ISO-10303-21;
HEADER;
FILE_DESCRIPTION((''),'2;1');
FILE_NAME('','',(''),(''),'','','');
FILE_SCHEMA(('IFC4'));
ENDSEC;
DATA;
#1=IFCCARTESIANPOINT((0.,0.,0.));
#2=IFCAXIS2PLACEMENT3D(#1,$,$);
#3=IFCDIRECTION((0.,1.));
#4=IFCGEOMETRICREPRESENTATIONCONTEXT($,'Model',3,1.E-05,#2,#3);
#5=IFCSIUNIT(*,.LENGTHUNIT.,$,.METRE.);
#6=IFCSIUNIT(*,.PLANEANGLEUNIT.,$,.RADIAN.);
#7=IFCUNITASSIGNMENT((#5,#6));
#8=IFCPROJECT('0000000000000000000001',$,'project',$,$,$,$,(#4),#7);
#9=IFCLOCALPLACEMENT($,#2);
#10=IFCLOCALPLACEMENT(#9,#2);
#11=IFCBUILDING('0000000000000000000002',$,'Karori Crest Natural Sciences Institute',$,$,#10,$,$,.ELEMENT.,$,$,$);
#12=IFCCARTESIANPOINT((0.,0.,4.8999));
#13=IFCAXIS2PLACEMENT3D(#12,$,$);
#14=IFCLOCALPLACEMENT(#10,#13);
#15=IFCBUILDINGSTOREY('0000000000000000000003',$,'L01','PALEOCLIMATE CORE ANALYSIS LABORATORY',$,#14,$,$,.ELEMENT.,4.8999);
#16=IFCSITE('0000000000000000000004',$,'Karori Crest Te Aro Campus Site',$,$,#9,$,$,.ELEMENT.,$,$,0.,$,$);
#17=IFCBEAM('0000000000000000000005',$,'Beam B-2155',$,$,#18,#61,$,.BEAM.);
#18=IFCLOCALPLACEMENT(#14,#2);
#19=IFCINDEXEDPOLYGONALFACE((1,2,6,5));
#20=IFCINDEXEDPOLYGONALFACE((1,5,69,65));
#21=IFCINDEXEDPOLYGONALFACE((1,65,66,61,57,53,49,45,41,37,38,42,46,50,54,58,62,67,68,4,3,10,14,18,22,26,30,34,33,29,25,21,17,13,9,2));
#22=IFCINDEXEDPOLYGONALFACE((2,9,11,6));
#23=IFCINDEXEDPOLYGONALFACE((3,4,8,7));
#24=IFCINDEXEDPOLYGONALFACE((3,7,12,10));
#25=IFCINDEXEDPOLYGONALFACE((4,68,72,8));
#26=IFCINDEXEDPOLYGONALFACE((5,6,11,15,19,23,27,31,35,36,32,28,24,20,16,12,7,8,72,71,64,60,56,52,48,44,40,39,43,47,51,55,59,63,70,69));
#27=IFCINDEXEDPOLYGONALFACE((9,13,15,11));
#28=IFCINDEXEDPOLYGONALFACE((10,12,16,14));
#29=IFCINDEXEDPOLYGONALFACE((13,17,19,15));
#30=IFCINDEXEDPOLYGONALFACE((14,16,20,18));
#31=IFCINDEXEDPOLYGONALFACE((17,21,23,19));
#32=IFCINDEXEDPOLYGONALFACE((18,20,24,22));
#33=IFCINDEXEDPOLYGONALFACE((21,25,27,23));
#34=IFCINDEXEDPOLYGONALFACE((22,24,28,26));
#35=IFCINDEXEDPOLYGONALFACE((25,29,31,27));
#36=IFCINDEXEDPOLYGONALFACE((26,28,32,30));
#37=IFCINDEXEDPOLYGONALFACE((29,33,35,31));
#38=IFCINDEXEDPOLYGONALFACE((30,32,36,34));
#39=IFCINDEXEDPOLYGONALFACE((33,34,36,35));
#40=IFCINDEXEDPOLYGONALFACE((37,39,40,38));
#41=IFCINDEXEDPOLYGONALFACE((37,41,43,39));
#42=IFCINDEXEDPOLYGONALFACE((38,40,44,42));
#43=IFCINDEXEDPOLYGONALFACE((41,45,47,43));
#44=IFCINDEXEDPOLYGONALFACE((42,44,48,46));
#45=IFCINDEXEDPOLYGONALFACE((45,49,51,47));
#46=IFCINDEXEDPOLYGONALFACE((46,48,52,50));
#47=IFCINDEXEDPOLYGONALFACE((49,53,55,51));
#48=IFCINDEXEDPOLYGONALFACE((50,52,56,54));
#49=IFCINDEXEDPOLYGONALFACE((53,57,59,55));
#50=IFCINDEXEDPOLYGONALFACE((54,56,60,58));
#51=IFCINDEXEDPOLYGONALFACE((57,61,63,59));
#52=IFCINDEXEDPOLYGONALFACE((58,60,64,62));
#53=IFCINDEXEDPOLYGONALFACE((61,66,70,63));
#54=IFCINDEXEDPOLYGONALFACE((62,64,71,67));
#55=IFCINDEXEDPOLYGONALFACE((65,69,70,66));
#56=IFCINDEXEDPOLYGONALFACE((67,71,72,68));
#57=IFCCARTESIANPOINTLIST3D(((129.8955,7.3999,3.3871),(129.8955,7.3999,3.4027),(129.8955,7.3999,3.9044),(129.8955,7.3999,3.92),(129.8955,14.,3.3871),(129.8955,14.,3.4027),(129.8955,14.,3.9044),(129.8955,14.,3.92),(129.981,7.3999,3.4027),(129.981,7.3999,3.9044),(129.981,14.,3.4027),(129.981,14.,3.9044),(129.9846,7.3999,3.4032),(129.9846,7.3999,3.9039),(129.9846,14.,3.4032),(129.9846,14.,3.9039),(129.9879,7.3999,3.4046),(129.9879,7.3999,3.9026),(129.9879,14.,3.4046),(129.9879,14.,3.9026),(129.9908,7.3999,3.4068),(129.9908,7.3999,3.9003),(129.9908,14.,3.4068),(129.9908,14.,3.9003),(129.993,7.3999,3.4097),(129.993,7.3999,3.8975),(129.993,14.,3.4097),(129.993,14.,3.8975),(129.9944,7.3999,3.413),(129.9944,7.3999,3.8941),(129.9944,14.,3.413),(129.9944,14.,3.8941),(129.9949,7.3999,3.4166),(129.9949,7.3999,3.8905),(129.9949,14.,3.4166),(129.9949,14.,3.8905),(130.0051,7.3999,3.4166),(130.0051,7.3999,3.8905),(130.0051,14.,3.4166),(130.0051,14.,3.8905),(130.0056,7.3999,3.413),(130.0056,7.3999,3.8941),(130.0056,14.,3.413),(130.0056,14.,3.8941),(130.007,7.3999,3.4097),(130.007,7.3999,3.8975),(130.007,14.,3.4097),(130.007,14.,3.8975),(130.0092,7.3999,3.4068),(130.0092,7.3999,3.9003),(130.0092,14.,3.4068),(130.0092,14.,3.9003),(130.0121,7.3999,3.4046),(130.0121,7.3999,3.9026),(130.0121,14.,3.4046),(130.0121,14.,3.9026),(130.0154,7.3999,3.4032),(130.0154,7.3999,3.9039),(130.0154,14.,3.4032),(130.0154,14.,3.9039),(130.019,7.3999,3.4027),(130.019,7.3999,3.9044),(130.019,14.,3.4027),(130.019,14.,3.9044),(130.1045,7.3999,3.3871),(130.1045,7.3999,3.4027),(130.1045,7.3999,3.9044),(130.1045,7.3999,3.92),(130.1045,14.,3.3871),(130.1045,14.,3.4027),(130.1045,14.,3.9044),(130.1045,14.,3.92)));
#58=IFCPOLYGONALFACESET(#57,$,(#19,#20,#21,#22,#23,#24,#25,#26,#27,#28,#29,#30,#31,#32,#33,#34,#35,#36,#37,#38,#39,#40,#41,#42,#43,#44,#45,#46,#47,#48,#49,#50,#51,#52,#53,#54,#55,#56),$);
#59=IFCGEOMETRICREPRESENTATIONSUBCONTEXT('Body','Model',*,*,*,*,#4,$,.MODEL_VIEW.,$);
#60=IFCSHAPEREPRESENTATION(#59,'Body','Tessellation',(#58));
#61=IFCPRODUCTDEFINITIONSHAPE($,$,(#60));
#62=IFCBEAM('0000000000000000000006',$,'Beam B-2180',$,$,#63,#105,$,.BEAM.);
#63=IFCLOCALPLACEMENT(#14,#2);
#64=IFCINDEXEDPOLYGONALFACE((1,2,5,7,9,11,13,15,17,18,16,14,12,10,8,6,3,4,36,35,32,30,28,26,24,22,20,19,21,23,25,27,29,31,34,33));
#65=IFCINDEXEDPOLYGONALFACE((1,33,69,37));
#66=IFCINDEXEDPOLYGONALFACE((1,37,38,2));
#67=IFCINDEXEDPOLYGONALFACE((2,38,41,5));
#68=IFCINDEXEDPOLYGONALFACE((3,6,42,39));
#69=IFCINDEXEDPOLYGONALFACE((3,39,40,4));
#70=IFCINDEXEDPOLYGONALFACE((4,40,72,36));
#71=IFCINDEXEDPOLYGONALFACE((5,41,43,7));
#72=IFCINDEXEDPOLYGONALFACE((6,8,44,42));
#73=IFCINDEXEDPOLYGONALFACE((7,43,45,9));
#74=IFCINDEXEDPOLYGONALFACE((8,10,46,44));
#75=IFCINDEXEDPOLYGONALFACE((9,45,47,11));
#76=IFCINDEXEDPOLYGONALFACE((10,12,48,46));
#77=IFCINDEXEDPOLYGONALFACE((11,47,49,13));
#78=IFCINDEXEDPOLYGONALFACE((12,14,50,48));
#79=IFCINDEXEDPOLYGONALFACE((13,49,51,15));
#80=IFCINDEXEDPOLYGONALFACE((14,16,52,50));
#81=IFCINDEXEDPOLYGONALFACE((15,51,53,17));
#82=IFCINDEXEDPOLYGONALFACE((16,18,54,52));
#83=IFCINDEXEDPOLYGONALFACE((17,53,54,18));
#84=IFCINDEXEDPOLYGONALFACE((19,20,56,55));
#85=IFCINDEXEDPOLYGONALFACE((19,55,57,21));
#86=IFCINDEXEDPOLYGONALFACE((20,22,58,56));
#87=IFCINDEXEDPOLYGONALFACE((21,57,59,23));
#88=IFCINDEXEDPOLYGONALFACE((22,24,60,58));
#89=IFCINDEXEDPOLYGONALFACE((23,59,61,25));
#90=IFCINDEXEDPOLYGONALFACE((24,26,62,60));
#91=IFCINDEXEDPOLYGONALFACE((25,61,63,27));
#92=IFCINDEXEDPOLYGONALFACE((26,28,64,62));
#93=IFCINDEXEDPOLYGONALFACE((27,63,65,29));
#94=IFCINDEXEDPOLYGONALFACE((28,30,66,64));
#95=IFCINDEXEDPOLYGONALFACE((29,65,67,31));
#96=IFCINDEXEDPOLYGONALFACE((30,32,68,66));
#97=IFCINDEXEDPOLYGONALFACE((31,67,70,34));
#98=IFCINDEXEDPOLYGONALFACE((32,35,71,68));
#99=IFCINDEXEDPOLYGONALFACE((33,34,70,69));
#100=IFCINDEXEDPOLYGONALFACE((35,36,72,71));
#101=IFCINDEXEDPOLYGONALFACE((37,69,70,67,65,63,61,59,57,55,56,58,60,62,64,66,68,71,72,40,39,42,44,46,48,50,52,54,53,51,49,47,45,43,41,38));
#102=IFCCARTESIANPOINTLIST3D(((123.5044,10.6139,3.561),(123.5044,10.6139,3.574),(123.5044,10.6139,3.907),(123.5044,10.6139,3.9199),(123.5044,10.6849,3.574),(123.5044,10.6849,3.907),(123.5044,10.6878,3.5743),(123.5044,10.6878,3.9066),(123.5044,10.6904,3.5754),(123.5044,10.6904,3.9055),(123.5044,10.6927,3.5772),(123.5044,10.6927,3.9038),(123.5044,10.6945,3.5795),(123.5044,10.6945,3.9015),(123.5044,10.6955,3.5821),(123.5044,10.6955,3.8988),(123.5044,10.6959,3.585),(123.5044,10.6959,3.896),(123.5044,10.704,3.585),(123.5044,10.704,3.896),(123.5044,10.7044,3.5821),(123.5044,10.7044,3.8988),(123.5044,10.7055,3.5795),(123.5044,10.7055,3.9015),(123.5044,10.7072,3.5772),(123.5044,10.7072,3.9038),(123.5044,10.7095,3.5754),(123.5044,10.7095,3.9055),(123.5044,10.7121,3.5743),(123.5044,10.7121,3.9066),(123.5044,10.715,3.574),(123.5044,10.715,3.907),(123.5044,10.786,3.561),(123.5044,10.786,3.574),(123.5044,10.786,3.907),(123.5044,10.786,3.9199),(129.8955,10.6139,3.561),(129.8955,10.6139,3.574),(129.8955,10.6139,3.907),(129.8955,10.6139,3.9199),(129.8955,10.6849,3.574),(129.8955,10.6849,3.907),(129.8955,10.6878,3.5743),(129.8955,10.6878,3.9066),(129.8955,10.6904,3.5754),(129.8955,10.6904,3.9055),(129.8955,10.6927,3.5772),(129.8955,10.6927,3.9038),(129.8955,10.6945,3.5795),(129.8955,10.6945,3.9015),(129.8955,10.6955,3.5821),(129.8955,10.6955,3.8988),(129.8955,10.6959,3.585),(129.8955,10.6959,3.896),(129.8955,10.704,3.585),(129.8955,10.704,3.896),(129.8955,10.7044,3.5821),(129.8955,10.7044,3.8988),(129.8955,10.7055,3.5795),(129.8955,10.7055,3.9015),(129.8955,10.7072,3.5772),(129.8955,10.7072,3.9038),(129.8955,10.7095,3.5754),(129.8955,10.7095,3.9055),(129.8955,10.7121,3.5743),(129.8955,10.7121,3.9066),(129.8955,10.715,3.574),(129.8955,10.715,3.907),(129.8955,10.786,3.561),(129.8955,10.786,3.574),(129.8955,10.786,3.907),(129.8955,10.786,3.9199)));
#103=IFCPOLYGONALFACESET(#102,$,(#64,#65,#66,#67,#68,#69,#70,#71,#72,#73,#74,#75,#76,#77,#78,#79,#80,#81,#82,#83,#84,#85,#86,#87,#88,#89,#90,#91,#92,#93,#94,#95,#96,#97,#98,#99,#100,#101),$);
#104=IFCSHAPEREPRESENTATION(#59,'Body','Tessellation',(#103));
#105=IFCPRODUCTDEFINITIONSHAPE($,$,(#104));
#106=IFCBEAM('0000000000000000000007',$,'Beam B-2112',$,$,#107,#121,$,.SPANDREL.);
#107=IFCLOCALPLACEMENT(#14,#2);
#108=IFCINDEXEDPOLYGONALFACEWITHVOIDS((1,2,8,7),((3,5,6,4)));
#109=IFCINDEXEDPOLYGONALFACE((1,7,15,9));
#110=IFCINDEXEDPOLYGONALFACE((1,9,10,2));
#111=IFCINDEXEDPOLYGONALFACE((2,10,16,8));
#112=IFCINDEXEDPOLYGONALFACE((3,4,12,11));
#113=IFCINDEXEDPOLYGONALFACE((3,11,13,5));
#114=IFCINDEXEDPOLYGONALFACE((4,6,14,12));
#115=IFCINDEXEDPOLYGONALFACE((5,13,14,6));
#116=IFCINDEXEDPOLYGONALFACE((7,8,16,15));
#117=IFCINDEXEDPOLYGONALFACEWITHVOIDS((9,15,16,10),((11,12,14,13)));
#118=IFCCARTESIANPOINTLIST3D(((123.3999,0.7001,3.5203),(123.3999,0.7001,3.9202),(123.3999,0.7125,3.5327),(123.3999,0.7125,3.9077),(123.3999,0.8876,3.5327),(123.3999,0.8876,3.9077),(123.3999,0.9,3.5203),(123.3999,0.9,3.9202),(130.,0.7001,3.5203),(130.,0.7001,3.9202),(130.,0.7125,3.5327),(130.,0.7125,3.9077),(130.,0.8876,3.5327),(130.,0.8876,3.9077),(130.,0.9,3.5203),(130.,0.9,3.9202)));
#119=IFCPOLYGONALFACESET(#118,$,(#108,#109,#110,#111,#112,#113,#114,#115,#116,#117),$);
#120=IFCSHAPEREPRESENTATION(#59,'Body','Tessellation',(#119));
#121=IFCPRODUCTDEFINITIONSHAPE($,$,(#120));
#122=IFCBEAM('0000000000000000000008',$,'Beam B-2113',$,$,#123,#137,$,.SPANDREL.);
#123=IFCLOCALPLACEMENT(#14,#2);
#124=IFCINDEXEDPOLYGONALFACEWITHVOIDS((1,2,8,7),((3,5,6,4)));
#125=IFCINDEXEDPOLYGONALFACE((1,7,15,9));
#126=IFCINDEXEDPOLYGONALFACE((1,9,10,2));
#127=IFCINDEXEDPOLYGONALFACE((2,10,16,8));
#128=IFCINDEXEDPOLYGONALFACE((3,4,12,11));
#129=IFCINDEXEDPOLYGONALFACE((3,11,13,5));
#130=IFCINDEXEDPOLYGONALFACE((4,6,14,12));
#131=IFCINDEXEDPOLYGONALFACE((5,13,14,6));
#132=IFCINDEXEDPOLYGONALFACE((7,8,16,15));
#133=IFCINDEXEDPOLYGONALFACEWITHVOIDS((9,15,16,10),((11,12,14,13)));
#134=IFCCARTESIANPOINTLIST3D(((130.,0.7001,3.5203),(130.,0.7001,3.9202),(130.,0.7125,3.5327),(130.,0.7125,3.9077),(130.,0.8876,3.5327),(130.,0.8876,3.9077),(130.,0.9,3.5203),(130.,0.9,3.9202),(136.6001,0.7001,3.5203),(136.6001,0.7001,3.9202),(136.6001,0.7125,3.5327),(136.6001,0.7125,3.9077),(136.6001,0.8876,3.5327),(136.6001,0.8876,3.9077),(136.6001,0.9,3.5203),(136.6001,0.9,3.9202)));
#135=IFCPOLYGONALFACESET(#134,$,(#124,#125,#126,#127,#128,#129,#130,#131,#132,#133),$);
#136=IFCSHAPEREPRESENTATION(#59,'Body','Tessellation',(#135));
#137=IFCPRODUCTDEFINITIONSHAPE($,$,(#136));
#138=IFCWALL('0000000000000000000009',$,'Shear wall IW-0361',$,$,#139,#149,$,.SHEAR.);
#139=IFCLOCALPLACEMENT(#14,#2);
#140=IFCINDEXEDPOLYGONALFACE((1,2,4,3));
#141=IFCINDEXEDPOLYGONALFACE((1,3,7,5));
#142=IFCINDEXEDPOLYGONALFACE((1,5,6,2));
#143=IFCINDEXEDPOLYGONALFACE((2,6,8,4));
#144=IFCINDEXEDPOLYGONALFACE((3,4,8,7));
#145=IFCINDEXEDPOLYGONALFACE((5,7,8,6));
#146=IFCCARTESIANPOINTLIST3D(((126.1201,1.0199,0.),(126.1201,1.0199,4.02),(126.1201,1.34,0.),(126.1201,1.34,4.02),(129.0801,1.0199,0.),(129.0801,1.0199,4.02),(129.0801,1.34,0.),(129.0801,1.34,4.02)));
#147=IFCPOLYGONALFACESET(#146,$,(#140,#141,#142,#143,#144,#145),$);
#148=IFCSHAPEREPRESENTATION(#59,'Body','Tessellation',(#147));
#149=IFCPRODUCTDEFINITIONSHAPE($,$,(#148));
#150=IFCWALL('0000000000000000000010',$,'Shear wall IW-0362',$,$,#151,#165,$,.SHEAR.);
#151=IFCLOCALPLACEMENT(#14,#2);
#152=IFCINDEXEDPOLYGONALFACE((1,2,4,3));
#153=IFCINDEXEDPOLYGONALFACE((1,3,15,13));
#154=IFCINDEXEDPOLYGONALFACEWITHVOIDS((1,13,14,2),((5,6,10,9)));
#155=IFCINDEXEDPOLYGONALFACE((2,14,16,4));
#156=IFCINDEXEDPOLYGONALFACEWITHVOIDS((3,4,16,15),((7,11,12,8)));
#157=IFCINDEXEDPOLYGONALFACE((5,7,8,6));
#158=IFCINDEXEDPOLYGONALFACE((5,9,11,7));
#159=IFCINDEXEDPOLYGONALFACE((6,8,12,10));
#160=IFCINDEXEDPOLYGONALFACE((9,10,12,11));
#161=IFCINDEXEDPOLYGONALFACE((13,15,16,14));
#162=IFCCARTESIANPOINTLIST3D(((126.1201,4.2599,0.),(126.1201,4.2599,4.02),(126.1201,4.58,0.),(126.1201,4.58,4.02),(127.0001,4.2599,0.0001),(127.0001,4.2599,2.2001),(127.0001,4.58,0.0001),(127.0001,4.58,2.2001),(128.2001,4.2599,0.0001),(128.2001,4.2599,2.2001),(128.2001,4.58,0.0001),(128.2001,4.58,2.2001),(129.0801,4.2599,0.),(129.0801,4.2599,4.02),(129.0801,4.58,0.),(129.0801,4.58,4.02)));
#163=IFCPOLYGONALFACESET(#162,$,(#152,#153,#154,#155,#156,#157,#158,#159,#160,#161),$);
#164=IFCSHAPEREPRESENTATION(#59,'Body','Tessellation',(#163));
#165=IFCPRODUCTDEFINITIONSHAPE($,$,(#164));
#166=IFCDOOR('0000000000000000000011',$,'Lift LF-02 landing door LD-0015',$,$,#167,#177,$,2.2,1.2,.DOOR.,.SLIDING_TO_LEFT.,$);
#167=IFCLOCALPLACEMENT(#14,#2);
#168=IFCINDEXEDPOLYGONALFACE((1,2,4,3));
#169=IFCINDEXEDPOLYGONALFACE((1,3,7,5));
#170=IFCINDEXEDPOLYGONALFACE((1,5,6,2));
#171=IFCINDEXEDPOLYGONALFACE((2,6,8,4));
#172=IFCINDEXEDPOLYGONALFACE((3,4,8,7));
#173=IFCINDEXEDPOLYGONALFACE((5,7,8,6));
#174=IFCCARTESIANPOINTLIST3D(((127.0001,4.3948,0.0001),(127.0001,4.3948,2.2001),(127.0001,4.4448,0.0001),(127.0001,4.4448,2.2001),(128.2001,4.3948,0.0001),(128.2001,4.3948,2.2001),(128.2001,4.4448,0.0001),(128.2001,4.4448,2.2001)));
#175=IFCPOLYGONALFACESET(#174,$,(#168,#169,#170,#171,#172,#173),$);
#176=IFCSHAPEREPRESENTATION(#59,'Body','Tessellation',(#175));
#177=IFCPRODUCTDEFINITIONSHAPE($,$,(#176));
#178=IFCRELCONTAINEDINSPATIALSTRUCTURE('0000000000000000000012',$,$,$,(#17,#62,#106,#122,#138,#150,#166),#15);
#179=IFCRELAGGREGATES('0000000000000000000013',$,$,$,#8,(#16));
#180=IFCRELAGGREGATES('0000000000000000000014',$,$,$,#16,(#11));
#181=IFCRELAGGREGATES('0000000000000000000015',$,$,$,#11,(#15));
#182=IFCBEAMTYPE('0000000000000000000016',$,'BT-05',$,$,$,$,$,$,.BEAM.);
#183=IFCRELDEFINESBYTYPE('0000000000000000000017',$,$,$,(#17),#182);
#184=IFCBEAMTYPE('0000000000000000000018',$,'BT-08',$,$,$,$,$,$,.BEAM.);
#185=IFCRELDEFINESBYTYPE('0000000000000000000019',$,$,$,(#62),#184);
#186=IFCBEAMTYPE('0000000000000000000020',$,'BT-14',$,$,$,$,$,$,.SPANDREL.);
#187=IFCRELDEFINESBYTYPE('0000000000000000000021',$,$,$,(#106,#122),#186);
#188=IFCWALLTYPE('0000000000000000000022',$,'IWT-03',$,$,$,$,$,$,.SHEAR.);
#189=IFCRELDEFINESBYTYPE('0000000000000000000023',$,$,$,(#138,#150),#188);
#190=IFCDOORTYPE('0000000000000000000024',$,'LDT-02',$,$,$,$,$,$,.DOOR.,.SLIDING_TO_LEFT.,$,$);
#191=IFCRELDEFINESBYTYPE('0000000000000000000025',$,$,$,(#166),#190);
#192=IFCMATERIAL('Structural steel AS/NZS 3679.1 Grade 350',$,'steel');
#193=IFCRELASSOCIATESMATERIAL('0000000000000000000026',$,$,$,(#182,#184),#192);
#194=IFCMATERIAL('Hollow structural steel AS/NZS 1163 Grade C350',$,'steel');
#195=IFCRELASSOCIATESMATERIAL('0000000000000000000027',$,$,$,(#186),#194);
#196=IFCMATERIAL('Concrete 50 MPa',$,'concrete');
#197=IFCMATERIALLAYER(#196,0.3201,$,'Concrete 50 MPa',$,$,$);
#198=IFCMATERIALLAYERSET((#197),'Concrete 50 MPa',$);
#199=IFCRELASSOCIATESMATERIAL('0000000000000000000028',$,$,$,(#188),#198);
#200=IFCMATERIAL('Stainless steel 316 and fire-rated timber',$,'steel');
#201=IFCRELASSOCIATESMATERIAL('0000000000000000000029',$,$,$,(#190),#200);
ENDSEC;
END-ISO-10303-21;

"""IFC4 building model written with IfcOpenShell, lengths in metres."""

from ifc_helpers import new_model, si_unit, direction, frame, frame_2d, origin, origin_2d, place, context, subcontext, project, spatial, rectangle, hollow_rectangle, i_section, extrude, material, layer, layer_set, material_profile, profile_set, type_object, element, fill, save


model = new_model("IFC4")

# Units and contexts
model_context = context("Model", 3, precision=1e-05, world=origin(), true_north=direction((0.0, 1.0)))
body_context = subcontext(model_context, "Body", "Model", "MODEL_VIEW")
ifc_project = project(units=[si_unit("LENGTHUNIT", "METRE"), si_unit("PLANEANGLEUNIT", "RADIAN")], contexts=[model_context])

# Site, building, storey
site_placement = place(None, origin())
site = spatial("IfcSite", under=ifc_project, at=site_placement, Name="Karori Crest Te Aro Campus Site", CompositionType="ELEMENT", RefElevation=0.0)
building_placement = place(site_placement, origin())
building = spatial("IfcBuilding", under=site, at=building_placement, Name="Karori Crest Natural Sciences Institute", CompositionType="ELEMENT")
storey_placement = place(building_placement, frame((0.0, 0.0, 4.8999)))
storey = spatial("IfcBuildingStorey", under=building, at=storey_placement, Name="L01", Description="PALEOCLIMATE CORE ANALYSIS LABORATORY", CompositionType="ELEMENT", Elevation=4.8999)

# Shared definitions
ifc_material_1 = material(Name="Structural steel AS/NZS 3679.1 Grade 350", Category="steel")

# Beams
ifc_material_profile_1 = material_profile(ifc_material_1, i_section(OverallWidth=0.209, OverallDepth=0.533, WebThickness=0.0103, FlangeThickness=0.0156, FilletRadius=0.0139, at=origin_2d()), Name="530UB92.4")
ifc_profile_set_1 = profile_set([ifc_material_profile_1], Name="Structural steel AS/NZS 3679.1 Grade 350")
beam_type_1 = type_object("IfcBeamType", Name="BT-05", PredefinedType="BEAM", material=ifc_profile_set_1)
beam_1_placement = place(storey_placement, frame((130.0, 7.3999, 3.6536), z_axis=(0.0, 1.0, 0.0), x_axis=(-1.0, 0.0, 0.0)))
element("IfcBeam", 1, at=beam_1_placement, inside=storey, type_object=beam_type_1, Name="Beam B-2155", PredefinedType="BEAM", context=body_context, shape_type="SweptSolid", body=[
    extrude(i_section(OverallWidth=0.209, OverallDepth=0.533, WebThickness=0.0103, FlangeThickness=0.0156, FilletRadius=0.0139, at=origin_2d()), origin(), (0.0, 0.0, 1.0), 6.6001),
])
ifc_material_profile_2 = material_profile(ifc_material_1, i_section(OverallWidth=0.1721, OverallDepth=0.3589, WebThickness=0.0081, FlangeThickness=0.0129, FilletRadius=0.011, at=origin_2d()), Name="360UB56.7")
ifc_profile_set_2 = profile_set([ifc_material_profile_2], Name="Structural steel AS/NZS 3679.1 Grade 350")
beam_type_2 = type_object("IfcBeamType", Name="BT-08", PredefinedType="BEAM", material=ifc_profile_set_2)
beam_2_placement = place(storey_placement, frame((123.5044, 10.7, 3.7405), z_axis=(1.0, 0.0, 0.0), x_axis=(0.0, 1.0, 0.0)))
element("IfcBeam", 2, at=beam_2_placement, inside=storey, type_object=beam_type_2, Name="Beam B-2180", PredefinedType="BEAM", context=body_context, shape_type="SweptSolid", body=[
    extrude(i_section(OverallWidth=0.1721, OverallDepth=0.3589, WebThickness=0.0081, FlangeThickness=0.0129, FilletRadius=0.011, at=origin_2d()), origin(), (0.0, 0.0, 1.0), 6.3911),
])
ifc_material_2 = material(Name="Hollow structural steel AS/NZS 1163 Grade C350", Category="steel")
ifc_material_profile_3 = material_profile(ifc_material_2, hollow_rectangle(XDim=0.2, YDim=0.3999, WallThickness=0.0125, at=origin_2d()), Name="RHS400x200x12.5")
ifc_profile_set_3 = profile_set([ifc_material_profile_3], Name="Hollow structural steel AS/NZS 1163 Grade C350")
beam_type_3 = type_object("IfcBeamType", Name="BT-14", PredefinedType="SPANDREL", material=ifc_profile_set_3)
for number, where, z_axis, x_axis, name in (
    (3, (123.3999, 0.8, 3.7202), (1.0, 0.0, 0.0), (0.0, 1.0, 0.0), "Beam B-2112"),
    (4, (130.0, 0.8, 3.7202), (1.0, 0.0, 0.0), (0.0, 1.0, 0.0), "Beam B-2113"),
):
    element("IfcBeam", number, at=place(storey_placement, frame(where, z_axis=z_axis, x_axis=x_axis)), inside=storey, type_object=beam_type_3, Name=name, PredefinedType="SPANDREL", context=body_context, shape_type="SweptSolid", body=[
        extrude(hollow_rectangle(XDim=0.2, YDim=0.3999, WallThickness=0.0125, at=origin_2d()), origin(), (0.0, 0.0, 1.0), 6.6001),
    ])

# Wall
ifc_material_3 = material(Name="Concrete 50 MPa", Category="concrete")
ifc_layer_1 = layer(ifc_material_3, 0.3201, Name="Concrete 50 MPa")
ifc_layer_set_1 = layer_set([ifc_layer_1], Name="Concrete 50 MPa")
wall_type_1 = type_object("IfcWallType", Name="IWT-03", PredefinedType="SHEAR", material=ifc_layer_set_1)
wall_1_placement = place(storey_placement, frame((126.1201, 1.1799, 0.0), z_axis=(0.0, 0.0, 1.0), x_axis=(1.0, 0.0, 0.0)))
element("IfcWall", 5, at=wall_1_placement, inside=storey, type_object=wall_type_1, Name="Shear wall IW-0361", PredefinedType="SHEAR", context=body_context, shape_type="SweptSolid", body=[
    extrude(rectangle(XDim=2.96, YDim=0.3201, at=frame_2d((1.48, 0.0))), origin(), (0.0, 0.0, 1.0), 4.02),
])

# Wall, opening, door
wall_2_placement = place(storey_placement, frame((126.1201, 4.4199, 0.0), z_axis=(0.0, 0.0, 1.0), x_axis=(1.0, 0.0, 0.0)))
wall_2 = element("IfcWall", 6, at=wall_2_placement, inside=storey, type_object=wall_type_1, Name="Shear wall IW-0362", PredefinedType="SHEAR", context=body_context, shape_type="SweptSolid", body=[
    extrude(rectangle(XDim=2.96, YDim=0.3201, at=frame_2d((1.48, 0.0))), origin(), (0.0, 0.0, 1.0), 4.02),
])
opening_1_placement = place(wall_2_placement, frame((0.8799, 0.0, 0.0)))
opening_1 = element("IfcOpeningElement", 7, at=opening_1_placement, cuts=wall_2, PredefinedType="OPENING", context=body_context, shape_type="SweptSolid", body=[
    extrude(rectangle(XDim=1.2, YDim=2.2, at=frame_2d((0.6001, 1.1001))), frame((0.0, 0.1699, 0.0), z_axis=(0.0, -1.0, 0.0), x_axis=(1.0, 0.0, 0.0)), (0.0, 0.0, 1.0), 0.3401),
])
ifc_material_4 = material(Name="Stainless steel 316 and fire-rated timber", Category="steel")
door_type_1 = type_object("IfcDoorType", Name="LDT-02", OperationType="SLIDING_TO_LEFT", PredefinedType="DOOR", material=ifc_material_4)
door_1_placement = place(opening_1_placement, origin())
door_1 = element("IfcDoor", 8, at=door_1_placement, inside=storey, type_object=door_type_1, Name="Lift LF-02 landing door LD-0015", OperationType="SLIDING_TO_LEFT", OverallHeight=2.2, OverallWidth=1.2, PredefinedType="DOOR", context=body_context, shape_type="SweptSolid", body=[
    extrude(rectangle(XDim=1.2, YDim=2.2, at=frame_2d((0.6001, 1.1001))), frame((0.0, 0.0249, 0.0), z_axis=(0.0, -1.0, 0.0), x_axis=(1.0, 0.0, 0.0)), (0.0, 0.0, 1.0), 0.05),
])
fill(opening_1, door_1)

save(model, "model.ifc")
